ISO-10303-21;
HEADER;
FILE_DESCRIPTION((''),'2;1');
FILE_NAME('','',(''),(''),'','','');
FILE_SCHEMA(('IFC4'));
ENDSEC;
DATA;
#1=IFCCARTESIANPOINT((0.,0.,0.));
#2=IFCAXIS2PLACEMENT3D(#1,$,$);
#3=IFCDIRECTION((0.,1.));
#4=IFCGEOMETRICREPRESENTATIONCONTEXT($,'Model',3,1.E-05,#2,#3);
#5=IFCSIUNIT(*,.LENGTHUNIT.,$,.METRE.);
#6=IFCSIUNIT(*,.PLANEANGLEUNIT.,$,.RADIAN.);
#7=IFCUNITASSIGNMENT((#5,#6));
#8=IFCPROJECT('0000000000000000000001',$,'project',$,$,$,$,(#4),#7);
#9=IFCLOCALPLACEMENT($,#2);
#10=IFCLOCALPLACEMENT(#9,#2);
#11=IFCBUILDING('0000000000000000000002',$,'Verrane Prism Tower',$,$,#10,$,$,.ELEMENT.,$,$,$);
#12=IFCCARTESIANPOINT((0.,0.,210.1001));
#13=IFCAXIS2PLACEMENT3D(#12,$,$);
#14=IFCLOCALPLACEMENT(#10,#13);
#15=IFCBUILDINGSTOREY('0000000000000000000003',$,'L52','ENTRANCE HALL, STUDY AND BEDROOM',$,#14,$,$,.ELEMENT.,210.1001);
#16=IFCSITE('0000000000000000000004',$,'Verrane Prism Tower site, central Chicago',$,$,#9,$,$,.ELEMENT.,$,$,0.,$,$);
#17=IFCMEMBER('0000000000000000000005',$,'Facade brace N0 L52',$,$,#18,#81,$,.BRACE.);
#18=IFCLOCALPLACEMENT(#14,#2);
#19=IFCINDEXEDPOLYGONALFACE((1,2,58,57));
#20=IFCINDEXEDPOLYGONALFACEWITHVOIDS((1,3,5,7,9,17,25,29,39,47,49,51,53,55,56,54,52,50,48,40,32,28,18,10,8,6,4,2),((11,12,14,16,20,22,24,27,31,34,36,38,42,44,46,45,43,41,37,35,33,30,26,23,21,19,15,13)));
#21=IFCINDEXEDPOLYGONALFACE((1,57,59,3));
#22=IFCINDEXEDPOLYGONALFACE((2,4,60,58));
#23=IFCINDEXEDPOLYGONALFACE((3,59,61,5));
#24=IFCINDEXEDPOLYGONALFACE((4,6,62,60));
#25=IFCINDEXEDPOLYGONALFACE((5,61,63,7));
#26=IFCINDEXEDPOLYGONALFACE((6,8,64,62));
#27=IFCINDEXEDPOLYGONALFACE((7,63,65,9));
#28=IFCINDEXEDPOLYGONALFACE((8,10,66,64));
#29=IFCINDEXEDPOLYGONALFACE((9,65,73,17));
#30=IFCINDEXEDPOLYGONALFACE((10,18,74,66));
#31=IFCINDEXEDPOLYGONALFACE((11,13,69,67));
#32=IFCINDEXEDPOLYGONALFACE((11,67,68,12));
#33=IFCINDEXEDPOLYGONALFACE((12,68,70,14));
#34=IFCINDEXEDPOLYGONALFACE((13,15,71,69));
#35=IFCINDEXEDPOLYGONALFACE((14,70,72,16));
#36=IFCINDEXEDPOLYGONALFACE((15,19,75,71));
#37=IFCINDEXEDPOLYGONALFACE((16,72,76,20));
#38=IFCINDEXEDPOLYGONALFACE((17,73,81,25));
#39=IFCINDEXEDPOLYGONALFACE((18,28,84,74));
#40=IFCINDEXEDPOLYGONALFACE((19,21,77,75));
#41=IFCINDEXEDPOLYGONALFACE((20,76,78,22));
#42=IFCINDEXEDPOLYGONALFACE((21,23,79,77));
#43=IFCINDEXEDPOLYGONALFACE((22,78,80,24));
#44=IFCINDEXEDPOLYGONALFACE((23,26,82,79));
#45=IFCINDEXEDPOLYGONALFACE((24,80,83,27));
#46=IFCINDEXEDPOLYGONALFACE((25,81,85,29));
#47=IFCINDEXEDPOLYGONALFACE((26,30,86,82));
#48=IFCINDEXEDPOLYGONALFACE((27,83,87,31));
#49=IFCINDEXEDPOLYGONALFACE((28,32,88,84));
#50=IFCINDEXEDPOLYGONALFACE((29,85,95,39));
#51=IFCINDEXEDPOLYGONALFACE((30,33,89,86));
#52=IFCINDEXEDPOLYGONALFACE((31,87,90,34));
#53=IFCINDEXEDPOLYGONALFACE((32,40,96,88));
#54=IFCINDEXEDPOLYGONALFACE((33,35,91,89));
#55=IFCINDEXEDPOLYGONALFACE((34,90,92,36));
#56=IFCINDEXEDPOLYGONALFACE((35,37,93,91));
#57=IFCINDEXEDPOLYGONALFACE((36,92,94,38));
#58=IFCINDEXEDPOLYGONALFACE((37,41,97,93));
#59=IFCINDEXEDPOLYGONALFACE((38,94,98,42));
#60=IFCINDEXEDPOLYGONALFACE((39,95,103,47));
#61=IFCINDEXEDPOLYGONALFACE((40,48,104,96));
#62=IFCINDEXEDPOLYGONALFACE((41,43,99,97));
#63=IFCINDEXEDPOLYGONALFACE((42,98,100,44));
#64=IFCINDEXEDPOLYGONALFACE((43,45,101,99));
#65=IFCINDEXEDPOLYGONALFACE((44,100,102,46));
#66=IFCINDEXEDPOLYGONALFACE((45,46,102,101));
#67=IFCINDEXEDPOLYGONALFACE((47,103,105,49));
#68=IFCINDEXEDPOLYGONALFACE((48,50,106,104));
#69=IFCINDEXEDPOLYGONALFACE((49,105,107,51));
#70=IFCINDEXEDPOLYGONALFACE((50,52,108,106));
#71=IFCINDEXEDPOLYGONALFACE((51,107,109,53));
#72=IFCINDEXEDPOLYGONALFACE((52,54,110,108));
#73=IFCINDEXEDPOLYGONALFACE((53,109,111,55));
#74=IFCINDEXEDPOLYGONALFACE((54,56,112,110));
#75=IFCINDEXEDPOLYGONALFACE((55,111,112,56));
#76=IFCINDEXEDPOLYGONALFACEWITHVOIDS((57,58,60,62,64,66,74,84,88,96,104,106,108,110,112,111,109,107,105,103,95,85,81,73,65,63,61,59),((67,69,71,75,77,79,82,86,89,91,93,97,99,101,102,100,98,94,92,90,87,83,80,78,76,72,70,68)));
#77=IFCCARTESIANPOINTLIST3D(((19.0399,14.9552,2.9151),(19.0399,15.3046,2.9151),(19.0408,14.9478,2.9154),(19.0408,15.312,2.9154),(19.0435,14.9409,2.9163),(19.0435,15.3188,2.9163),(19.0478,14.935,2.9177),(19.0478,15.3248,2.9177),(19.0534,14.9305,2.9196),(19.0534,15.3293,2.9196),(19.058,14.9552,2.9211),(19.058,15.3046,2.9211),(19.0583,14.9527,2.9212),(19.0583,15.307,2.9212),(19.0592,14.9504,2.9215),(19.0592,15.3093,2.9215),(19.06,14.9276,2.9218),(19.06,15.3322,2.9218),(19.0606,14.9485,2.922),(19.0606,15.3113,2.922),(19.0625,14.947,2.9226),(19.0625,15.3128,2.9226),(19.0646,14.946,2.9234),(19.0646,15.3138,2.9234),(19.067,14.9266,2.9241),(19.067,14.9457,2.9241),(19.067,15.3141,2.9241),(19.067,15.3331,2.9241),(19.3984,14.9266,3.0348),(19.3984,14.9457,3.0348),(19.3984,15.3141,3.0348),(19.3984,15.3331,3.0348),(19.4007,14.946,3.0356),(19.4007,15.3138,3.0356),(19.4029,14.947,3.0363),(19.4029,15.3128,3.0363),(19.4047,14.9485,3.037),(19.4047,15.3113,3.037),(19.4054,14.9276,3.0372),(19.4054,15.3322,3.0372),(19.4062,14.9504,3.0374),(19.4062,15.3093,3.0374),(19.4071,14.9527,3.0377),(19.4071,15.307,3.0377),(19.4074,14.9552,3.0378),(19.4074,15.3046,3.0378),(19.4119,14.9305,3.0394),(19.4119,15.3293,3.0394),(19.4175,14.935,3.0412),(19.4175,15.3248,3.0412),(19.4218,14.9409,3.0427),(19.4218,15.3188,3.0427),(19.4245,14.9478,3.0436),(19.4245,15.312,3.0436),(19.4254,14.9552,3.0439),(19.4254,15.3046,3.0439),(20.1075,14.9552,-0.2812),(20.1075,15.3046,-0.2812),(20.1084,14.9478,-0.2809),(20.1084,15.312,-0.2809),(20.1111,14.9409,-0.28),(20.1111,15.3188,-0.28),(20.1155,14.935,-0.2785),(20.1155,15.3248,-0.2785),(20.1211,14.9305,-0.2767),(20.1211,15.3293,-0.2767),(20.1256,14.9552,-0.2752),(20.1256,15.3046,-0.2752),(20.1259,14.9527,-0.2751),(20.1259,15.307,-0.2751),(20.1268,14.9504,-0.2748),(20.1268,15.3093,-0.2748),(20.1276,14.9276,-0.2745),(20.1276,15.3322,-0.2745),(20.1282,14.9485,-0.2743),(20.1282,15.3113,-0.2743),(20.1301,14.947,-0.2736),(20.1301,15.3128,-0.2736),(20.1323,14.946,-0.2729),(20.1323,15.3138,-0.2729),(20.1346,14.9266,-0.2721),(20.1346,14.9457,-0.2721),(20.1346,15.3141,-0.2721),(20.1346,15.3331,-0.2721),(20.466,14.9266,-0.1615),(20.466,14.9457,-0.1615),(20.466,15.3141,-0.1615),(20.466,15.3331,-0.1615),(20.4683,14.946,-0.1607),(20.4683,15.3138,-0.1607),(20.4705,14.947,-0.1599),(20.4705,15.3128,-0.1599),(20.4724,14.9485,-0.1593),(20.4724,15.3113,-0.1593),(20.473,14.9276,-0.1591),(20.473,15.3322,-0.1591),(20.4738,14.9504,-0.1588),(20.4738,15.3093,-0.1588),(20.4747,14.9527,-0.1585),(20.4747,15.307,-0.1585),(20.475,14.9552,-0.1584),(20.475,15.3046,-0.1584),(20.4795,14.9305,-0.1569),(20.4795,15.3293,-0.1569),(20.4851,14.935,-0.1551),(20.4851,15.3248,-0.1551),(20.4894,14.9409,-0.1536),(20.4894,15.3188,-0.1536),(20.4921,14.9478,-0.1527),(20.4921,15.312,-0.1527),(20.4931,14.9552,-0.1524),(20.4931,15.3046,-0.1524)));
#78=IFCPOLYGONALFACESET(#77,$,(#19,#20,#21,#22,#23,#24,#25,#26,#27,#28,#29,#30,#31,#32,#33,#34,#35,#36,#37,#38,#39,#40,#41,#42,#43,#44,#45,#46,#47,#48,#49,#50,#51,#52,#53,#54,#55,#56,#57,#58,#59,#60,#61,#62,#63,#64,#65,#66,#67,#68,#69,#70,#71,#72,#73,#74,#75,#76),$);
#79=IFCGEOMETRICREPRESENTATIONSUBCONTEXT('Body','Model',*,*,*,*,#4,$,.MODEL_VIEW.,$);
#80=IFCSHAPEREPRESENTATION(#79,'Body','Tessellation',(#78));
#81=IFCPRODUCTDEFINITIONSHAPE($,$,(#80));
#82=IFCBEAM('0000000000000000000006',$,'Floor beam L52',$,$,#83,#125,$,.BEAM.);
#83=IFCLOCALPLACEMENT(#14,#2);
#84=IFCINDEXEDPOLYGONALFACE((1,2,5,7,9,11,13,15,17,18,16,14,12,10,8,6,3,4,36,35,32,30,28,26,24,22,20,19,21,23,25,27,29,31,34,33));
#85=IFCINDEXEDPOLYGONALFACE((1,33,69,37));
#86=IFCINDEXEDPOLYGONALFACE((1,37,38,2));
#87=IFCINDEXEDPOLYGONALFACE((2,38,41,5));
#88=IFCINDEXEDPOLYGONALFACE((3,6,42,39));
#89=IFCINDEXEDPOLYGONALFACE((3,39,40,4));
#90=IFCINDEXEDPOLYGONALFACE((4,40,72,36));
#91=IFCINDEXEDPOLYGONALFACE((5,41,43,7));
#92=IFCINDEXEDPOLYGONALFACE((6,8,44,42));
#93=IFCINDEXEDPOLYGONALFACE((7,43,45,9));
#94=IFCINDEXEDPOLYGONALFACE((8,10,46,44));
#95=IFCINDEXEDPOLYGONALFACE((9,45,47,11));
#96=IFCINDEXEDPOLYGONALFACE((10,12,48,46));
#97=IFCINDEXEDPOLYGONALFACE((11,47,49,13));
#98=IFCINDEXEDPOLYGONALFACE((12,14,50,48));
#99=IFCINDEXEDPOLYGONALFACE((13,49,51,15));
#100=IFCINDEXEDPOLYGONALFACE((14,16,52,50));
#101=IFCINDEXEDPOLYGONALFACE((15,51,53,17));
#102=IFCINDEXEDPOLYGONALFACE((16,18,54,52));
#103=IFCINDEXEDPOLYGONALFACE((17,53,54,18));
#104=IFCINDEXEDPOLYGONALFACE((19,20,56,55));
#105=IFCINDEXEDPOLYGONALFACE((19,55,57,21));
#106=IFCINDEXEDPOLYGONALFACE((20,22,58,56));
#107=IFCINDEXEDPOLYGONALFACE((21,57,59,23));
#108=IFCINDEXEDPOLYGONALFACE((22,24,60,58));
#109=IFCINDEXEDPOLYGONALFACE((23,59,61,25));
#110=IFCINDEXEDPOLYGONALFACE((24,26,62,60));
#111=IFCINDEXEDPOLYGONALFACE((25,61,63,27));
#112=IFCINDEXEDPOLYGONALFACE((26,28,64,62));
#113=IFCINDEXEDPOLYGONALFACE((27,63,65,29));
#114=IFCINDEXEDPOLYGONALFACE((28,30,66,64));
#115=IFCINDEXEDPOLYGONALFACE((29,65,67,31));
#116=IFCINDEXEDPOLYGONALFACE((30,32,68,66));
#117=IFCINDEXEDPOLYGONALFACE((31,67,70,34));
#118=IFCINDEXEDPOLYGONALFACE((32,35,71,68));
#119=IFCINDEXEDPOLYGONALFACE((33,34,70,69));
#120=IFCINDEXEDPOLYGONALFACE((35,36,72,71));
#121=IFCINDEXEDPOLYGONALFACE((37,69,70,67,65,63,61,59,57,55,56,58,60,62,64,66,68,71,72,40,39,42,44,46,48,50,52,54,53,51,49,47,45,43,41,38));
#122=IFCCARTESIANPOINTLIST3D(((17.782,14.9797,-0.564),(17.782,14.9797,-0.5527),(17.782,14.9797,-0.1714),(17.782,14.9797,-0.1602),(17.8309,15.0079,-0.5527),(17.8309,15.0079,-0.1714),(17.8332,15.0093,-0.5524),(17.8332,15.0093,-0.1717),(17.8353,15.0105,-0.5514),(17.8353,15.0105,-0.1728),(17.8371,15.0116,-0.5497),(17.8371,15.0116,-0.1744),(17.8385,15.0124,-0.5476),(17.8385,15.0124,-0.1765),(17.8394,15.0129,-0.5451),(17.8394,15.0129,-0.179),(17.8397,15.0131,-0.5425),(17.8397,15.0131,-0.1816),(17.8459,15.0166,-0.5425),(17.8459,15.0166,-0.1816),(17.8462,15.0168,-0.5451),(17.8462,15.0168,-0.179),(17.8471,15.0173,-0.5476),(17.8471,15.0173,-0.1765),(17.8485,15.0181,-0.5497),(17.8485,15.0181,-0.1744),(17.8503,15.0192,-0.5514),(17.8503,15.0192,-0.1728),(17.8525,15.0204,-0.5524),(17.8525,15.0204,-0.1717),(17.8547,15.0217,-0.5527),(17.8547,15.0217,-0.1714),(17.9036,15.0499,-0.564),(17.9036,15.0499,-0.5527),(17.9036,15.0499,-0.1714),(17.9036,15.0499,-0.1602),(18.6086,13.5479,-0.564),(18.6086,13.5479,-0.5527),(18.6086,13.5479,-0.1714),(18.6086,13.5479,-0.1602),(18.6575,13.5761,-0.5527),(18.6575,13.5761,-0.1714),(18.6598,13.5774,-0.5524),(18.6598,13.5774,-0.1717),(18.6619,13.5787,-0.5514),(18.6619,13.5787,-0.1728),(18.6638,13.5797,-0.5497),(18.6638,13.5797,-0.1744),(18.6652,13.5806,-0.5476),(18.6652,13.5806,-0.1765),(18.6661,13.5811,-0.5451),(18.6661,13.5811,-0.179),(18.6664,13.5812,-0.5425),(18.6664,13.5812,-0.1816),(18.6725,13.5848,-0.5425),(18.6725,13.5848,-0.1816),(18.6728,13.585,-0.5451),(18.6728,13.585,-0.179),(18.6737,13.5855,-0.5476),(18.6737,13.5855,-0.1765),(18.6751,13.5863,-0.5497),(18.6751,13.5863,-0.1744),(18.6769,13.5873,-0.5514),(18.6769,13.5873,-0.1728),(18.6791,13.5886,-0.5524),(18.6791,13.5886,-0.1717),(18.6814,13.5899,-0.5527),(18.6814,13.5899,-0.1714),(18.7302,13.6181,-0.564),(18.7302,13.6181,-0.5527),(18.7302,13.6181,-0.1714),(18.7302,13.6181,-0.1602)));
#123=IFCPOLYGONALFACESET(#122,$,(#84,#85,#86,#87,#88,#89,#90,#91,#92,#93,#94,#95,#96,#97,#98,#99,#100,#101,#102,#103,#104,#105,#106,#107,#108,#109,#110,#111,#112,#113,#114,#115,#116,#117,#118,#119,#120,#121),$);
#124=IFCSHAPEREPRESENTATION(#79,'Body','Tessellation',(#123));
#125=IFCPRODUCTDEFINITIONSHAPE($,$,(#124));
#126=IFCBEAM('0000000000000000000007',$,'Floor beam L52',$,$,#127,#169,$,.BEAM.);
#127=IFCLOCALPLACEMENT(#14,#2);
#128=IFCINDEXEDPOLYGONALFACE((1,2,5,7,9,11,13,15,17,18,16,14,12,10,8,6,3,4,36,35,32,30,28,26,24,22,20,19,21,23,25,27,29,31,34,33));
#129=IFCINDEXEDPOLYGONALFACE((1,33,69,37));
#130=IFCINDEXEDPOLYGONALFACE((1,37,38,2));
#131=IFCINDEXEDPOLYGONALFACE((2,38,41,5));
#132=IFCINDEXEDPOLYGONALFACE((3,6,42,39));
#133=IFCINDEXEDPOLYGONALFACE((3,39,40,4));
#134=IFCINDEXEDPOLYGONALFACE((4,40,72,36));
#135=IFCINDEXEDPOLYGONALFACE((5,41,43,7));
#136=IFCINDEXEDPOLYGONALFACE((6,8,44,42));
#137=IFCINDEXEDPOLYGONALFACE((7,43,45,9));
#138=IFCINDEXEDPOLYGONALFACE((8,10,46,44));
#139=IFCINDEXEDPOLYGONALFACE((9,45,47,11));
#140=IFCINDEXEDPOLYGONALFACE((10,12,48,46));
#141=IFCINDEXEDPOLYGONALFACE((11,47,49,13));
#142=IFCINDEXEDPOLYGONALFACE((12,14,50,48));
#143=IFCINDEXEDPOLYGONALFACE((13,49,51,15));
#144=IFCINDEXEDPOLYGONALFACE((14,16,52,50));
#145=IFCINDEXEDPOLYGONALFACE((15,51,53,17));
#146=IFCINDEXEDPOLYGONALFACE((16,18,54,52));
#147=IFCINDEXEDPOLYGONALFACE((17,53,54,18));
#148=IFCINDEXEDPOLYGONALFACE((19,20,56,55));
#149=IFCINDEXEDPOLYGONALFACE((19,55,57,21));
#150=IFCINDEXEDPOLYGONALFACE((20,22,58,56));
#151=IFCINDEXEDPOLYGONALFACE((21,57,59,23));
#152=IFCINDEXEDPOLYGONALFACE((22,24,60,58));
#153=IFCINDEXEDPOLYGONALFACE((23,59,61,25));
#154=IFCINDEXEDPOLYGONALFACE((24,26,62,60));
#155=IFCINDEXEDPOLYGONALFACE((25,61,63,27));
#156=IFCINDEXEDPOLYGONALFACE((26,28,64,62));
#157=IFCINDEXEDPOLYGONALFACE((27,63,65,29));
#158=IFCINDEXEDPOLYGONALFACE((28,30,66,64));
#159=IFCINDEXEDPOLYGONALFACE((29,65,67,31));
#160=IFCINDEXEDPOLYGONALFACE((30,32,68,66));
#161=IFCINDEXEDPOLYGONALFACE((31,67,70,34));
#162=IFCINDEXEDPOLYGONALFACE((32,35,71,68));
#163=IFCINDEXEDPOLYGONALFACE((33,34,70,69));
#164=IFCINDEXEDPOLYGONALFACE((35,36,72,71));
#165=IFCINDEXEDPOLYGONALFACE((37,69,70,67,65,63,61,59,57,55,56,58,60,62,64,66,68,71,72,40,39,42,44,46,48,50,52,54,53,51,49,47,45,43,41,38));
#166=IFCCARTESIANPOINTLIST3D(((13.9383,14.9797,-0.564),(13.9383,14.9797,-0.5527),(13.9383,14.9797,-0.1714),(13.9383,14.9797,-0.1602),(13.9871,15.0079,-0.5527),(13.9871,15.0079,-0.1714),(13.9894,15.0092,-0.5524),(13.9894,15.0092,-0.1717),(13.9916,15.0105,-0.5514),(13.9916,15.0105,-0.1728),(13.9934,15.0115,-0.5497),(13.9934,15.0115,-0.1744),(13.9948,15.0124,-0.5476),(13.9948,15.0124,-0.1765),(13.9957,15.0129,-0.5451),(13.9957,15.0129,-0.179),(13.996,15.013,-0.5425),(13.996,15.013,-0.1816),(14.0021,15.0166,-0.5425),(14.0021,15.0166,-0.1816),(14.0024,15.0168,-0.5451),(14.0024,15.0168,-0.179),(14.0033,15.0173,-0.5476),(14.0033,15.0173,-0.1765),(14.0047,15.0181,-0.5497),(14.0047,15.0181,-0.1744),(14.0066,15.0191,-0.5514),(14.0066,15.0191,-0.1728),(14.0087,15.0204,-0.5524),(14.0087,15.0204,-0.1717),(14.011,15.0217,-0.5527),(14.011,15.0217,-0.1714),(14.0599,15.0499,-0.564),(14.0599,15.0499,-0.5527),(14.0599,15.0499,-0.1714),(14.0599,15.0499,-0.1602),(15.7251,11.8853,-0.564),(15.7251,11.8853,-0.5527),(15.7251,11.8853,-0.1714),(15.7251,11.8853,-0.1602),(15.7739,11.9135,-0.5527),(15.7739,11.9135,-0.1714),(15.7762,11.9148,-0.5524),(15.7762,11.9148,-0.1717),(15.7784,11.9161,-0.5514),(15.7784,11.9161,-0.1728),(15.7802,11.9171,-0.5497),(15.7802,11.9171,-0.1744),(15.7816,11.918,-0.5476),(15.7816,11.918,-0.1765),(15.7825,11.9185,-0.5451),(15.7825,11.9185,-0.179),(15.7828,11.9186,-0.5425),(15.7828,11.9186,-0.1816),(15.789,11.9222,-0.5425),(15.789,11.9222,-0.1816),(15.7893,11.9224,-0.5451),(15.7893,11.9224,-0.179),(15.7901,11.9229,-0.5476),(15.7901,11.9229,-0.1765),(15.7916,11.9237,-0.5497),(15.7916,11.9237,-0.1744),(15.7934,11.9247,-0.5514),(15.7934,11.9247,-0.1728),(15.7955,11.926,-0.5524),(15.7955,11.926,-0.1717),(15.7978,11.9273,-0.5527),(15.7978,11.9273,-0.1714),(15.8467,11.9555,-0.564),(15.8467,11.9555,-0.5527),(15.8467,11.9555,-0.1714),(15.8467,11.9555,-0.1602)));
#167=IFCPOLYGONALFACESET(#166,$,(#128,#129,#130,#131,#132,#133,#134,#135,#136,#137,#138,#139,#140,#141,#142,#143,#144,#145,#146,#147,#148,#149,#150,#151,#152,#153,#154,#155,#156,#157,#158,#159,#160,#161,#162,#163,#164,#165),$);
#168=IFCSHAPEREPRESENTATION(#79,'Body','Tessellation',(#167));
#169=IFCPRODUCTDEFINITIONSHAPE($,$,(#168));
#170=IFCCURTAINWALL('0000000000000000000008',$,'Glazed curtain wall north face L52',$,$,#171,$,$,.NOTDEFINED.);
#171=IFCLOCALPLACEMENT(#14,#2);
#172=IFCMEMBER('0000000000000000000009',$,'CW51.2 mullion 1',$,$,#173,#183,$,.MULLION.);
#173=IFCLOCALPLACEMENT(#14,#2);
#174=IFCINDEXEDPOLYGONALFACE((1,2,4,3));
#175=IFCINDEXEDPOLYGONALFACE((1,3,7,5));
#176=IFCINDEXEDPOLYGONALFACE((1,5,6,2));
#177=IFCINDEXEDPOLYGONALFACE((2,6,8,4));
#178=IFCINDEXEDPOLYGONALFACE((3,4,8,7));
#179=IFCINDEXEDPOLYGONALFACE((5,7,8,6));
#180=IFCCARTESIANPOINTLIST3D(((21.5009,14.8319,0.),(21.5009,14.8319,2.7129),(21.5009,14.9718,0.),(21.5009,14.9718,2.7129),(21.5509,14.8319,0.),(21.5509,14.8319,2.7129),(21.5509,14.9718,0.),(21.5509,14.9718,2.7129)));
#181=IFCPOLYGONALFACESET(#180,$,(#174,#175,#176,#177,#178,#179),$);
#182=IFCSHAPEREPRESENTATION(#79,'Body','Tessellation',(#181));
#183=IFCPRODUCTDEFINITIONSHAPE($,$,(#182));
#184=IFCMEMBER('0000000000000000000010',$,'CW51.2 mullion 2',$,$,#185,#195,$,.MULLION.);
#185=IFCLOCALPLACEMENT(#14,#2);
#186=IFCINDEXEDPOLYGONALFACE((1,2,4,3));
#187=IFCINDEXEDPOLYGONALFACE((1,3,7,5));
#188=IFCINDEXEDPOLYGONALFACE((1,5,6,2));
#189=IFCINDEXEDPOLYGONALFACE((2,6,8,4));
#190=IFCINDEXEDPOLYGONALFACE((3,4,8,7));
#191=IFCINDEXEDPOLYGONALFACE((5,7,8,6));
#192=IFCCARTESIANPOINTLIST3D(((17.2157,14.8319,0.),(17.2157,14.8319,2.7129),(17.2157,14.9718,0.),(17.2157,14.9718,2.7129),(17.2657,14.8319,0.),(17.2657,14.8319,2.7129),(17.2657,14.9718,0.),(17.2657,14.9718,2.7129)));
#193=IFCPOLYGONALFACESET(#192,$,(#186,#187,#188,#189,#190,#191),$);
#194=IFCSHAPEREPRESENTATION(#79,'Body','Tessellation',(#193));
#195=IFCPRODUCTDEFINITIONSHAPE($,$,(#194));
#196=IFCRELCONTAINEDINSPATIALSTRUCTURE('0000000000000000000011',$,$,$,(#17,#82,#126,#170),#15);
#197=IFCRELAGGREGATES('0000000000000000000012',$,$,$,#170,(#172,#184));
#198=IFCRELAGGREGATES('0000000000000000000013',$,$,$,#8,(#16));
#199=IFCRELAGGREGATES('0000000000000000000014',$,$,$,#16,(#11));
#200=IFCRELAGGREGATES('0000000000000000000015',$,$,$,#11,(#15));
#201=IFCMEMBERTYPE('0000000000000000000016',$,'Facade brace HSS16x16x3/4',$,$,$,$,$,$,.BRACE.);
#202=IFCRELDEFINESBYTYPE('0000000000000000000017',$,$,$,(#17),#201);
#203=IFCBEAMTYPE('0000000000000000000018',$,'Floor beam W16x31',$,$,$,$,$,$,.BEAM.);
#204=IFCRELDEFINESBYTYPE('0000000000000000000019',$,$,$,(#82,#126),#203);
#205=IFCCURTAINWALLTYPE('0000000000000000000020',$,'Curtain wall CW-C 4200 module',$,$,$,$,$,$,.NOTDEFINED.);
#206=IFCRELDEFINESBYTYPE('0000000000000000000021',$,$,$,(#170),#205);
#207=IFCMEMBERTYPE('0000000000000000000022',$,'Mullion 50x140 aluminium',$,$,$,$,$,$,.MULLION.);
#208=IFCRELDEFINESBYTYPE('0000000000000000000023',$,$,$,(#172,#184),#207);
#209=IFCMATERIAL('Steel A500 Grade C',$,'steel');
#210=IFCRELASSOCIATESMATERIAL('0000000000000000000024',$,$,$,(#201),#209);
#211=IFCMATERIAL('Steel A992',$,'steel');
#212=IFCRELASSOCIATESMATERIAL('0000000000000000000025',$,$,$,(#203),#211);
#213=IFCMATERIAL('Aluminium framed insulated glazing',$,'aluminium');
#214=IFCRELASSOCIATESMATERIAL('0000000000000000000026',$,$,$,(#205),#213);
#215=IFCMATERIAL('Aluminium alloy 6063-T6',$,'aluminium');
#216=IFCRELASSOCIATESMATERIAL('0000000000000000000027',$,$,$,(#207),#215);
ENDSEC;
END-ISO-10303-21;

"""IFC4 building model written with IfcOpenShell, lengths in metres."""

from ifc_helpers import new_model, si_unit, direction, frame, origin, origin_2d, place, context, subcontext, project, spatial, rectangle, hollow_rectangle, i_section, extrude, material, material_profile, profile_set, type_object, element, aggregate, save


model = new_model("IFC4")

# Units and contexts
model_context = context("Model", 3, precision=1e-05, world=origin(), true_north=direction((0.0, 1.0)))
body_context = subcontext(model_context, "Body", "Model", "MODEL_VIEW")
ifc_project = project(units=[si_unit("LENGTHUNIT", "METRE"), si_unit("PLANEANGLEUNIT", "RADIAN")], contexts=[model_context])

# Site, building, storey
site_placement = place(None, origin())
site = spatial("IfcSite", under=ifc_project, at=site_placement, Name="Verrane Prism Tower site, central Chicago", CompositionType="ELEMENT", RefElevation=0.0)
building_placement = place(site_placement, origin())
building = spatial("IfcBuilding", under=site, at=building_placement, Name="Verrane Prism Tower", CompositionType="ELEMENT")
storey_placement = place(building_placement, frame((0.0, 0.0, 210.1001)))
storey = spatial("IfcBuildingStorey", under=building, at=storey_placement, Name="L52", Description="ENTRANCE HALL, STUDY AND BEDROOM", CompositionType="ELEMENT", Elevation=210.1001)

# Member
ifc_material_1 = material(Name="Steel A500 Grade C", Category="steel")
ifc_material_profile_1 = material_profile(ifc_material_1, hollow_rectangle(XDim=0.4065, YDim=0.4065, WallThickness=0.019, InnerFilletRadius=0.0095, OuterFilletRadius=0.0286, at=origin_2d()), Name="HSS16x16x3/4")
ifc_profile_set_1 = profile_set([ifc_material_profile_1], Name="Steel A500 Grade C")
member_type_1 = type_object("IfcMemberType", Name="Facade brace HSS16x16x3/4", PredefinedType="BRACE", material=ifc_profile_set_1)
member_1_placement = place(storey_placement, frame((20.3003, 15.1299, -0.2168), z_axis=(-0.316815, 0.0, 0.948488), x_axis=(0.0, -1.0, 0.0)))
element("IfcMember", 1, at=member_1_placement, inside=storey, type_object=member_type_1, Name="Facade brace N0 L52", PredefinedType="BRACE", context=body_context, shape_type="SweptSolid", body=[
    extrude(hollow_rectangle(XDim=0.4065, YDim=0.4065, WallThickness=0.019, InnerFilletRadius=0.0095, OuterFilletRadius=0.0286, at=origin_2d()), origin(), (0.0, 0.0, 1.0), 3.3699),
])

# Beams
ifc_material_2 = material(Name="Steel A992", Category="steel")
ifc_material_profile_2 = material_profile(ifc_material_2, i_section(OverallWidth=0.1404, OverallDepth=0.4038, WebThickness=0.0071, FlangeThickness=0.0112, FilletRadius=0.0103, at=origin_2d()), Name="W16x31")
ifc_profile_set_2 = profile_set([ifc_material_profile_2], Name="Steel A992")
beam_type_1 = type_object("IfcBeamType", Name="Floor beam W16x31", PredefinedType="BEAM", material=ifc_profile_set_2)
beam_1_placement = place(storey_placement, frame((18.6694, 13.583, -0.3621), z_axis=(-0.499982, 0.866036, 0.0), x_axis=(-0.866036, -0.499982, 0.0)))
element("IfcBeam", 2, at=beam_1_placement, inside=storey, type_object=beam_type_1, Name="Floor beam L52", PredefinedType="BEAM", context=body_context, shape_type="SweptSolid", body=[
    extrude(i_section(OverallWidth=0.1404, OverallDepth=0.4038, WebThickness=0.0071, FlangeThickness=0.0112, FilletRadius=0.0103, at=origin_2d()), origin(), (0.0, 0.0, 1.0), 1.6533),
])
beam_2_placement = place(storey_placement, frame((15.7859, 11.9204, -0.3621), z_axis=(-0.500056, 0.865993, 0.0), x_axis=(-0.865993, -0.500056, 0.0)))
element("IfcBeam", 3, at=beam_2_placement, inside=storey, type_object=beam_type_1, Name="Floor beam L52", PredefinedType="BEAM", context=body_context, shape_type="SweptSolid", body=[
    extrude(i_section(OverallWidth=0.1404, OverallDepth=0.4038, WebThickness=0.0071, FlangeThickness=0.0112, FilletRadius=0.0103, at=origin_2d()), origin(), (0.0, 0.0, 1.0), 3.5732),
])

# Curtain wall, members
ifc_material_3 = material(Name="Aluminium framed insulated glazing", Category="aluminium")
curtain_wall_type_1 = type_object("IfcCurtainWallType", Name="Curtain wall CW-C 4200 module", PredefinedType="NOTDEFINED", material=ifc_material_3)
curtain_wall_1_placement = place(storey_placement, origin())
curtain_wall_1 = element("IfcCurtainWall", 4, at=curtain_wall_1_placement, inside=storey, type_object=curtain_wall_type_1, Name="Glazed curtain wall north face L52", PredefinedType="NOTDEFINED")
ifc_material_4 = material(Name="Aluminium alloy 6063-T6", Category="aluminium")
ifc_material_profile_3 = material_profile(ifc_material_4, rectangle(XDim=0.1399, YDim=0.05, at=origin_2d()), Name="Mullion 50x140 aluminium")
ifc_profile_set_3 = profile_set([ifc_material_profile_3], Name="Aluminium alloy 6063-T6")
member_type_2 = type_object("IfcMemberType", Name="Mullion 50x140 aluminium", PredefinedType="MULLION", material=ifc_profile_set_3)
member_2_placement = place(storey_placement, frame((21.5259, 14.9019, 0.0), z_axis=(0.0, 0.0, 1.0), x_axis=(0.0, -1.0, 0.0)))
member_2 = element("IfcMember", 5, at=member_2_placement, type_object=member_type_2, Name="CW51.2 mullion 1", PredefinedType="MULLION", context=body_context, shape_type="SweptSolid", body=[
    extrude(rectangle(XDim=0.1399, YDim=0.05, at=origin_2d()), origin(), (0.0, 0.0, 1.0), 2.7129),
])
member_3_placement = place(storey_placement, frame((17.2407, 14.9019, 0.0), z_axis=(0.0, 0.0, 1.0), x_axis=(0.0, -1.0, 0.0)))
member_3 = element("IfcMember", 6, at=member_3_placement, type_object=member_type_2, Name="CW51.2 mullion 2", PredefinedType="MULLION", context=body_context, shape_type="SweptSolid", body=[
    extrude(rectangle(XDim=0.1399, YDim=0.05, at=origin_2d()), origin(), (0.0, 0.0, 1.0), 2.7129),
])

aggregate(curtain_wall_1, [member_2, member_3])

save(model, "model.ifc")
